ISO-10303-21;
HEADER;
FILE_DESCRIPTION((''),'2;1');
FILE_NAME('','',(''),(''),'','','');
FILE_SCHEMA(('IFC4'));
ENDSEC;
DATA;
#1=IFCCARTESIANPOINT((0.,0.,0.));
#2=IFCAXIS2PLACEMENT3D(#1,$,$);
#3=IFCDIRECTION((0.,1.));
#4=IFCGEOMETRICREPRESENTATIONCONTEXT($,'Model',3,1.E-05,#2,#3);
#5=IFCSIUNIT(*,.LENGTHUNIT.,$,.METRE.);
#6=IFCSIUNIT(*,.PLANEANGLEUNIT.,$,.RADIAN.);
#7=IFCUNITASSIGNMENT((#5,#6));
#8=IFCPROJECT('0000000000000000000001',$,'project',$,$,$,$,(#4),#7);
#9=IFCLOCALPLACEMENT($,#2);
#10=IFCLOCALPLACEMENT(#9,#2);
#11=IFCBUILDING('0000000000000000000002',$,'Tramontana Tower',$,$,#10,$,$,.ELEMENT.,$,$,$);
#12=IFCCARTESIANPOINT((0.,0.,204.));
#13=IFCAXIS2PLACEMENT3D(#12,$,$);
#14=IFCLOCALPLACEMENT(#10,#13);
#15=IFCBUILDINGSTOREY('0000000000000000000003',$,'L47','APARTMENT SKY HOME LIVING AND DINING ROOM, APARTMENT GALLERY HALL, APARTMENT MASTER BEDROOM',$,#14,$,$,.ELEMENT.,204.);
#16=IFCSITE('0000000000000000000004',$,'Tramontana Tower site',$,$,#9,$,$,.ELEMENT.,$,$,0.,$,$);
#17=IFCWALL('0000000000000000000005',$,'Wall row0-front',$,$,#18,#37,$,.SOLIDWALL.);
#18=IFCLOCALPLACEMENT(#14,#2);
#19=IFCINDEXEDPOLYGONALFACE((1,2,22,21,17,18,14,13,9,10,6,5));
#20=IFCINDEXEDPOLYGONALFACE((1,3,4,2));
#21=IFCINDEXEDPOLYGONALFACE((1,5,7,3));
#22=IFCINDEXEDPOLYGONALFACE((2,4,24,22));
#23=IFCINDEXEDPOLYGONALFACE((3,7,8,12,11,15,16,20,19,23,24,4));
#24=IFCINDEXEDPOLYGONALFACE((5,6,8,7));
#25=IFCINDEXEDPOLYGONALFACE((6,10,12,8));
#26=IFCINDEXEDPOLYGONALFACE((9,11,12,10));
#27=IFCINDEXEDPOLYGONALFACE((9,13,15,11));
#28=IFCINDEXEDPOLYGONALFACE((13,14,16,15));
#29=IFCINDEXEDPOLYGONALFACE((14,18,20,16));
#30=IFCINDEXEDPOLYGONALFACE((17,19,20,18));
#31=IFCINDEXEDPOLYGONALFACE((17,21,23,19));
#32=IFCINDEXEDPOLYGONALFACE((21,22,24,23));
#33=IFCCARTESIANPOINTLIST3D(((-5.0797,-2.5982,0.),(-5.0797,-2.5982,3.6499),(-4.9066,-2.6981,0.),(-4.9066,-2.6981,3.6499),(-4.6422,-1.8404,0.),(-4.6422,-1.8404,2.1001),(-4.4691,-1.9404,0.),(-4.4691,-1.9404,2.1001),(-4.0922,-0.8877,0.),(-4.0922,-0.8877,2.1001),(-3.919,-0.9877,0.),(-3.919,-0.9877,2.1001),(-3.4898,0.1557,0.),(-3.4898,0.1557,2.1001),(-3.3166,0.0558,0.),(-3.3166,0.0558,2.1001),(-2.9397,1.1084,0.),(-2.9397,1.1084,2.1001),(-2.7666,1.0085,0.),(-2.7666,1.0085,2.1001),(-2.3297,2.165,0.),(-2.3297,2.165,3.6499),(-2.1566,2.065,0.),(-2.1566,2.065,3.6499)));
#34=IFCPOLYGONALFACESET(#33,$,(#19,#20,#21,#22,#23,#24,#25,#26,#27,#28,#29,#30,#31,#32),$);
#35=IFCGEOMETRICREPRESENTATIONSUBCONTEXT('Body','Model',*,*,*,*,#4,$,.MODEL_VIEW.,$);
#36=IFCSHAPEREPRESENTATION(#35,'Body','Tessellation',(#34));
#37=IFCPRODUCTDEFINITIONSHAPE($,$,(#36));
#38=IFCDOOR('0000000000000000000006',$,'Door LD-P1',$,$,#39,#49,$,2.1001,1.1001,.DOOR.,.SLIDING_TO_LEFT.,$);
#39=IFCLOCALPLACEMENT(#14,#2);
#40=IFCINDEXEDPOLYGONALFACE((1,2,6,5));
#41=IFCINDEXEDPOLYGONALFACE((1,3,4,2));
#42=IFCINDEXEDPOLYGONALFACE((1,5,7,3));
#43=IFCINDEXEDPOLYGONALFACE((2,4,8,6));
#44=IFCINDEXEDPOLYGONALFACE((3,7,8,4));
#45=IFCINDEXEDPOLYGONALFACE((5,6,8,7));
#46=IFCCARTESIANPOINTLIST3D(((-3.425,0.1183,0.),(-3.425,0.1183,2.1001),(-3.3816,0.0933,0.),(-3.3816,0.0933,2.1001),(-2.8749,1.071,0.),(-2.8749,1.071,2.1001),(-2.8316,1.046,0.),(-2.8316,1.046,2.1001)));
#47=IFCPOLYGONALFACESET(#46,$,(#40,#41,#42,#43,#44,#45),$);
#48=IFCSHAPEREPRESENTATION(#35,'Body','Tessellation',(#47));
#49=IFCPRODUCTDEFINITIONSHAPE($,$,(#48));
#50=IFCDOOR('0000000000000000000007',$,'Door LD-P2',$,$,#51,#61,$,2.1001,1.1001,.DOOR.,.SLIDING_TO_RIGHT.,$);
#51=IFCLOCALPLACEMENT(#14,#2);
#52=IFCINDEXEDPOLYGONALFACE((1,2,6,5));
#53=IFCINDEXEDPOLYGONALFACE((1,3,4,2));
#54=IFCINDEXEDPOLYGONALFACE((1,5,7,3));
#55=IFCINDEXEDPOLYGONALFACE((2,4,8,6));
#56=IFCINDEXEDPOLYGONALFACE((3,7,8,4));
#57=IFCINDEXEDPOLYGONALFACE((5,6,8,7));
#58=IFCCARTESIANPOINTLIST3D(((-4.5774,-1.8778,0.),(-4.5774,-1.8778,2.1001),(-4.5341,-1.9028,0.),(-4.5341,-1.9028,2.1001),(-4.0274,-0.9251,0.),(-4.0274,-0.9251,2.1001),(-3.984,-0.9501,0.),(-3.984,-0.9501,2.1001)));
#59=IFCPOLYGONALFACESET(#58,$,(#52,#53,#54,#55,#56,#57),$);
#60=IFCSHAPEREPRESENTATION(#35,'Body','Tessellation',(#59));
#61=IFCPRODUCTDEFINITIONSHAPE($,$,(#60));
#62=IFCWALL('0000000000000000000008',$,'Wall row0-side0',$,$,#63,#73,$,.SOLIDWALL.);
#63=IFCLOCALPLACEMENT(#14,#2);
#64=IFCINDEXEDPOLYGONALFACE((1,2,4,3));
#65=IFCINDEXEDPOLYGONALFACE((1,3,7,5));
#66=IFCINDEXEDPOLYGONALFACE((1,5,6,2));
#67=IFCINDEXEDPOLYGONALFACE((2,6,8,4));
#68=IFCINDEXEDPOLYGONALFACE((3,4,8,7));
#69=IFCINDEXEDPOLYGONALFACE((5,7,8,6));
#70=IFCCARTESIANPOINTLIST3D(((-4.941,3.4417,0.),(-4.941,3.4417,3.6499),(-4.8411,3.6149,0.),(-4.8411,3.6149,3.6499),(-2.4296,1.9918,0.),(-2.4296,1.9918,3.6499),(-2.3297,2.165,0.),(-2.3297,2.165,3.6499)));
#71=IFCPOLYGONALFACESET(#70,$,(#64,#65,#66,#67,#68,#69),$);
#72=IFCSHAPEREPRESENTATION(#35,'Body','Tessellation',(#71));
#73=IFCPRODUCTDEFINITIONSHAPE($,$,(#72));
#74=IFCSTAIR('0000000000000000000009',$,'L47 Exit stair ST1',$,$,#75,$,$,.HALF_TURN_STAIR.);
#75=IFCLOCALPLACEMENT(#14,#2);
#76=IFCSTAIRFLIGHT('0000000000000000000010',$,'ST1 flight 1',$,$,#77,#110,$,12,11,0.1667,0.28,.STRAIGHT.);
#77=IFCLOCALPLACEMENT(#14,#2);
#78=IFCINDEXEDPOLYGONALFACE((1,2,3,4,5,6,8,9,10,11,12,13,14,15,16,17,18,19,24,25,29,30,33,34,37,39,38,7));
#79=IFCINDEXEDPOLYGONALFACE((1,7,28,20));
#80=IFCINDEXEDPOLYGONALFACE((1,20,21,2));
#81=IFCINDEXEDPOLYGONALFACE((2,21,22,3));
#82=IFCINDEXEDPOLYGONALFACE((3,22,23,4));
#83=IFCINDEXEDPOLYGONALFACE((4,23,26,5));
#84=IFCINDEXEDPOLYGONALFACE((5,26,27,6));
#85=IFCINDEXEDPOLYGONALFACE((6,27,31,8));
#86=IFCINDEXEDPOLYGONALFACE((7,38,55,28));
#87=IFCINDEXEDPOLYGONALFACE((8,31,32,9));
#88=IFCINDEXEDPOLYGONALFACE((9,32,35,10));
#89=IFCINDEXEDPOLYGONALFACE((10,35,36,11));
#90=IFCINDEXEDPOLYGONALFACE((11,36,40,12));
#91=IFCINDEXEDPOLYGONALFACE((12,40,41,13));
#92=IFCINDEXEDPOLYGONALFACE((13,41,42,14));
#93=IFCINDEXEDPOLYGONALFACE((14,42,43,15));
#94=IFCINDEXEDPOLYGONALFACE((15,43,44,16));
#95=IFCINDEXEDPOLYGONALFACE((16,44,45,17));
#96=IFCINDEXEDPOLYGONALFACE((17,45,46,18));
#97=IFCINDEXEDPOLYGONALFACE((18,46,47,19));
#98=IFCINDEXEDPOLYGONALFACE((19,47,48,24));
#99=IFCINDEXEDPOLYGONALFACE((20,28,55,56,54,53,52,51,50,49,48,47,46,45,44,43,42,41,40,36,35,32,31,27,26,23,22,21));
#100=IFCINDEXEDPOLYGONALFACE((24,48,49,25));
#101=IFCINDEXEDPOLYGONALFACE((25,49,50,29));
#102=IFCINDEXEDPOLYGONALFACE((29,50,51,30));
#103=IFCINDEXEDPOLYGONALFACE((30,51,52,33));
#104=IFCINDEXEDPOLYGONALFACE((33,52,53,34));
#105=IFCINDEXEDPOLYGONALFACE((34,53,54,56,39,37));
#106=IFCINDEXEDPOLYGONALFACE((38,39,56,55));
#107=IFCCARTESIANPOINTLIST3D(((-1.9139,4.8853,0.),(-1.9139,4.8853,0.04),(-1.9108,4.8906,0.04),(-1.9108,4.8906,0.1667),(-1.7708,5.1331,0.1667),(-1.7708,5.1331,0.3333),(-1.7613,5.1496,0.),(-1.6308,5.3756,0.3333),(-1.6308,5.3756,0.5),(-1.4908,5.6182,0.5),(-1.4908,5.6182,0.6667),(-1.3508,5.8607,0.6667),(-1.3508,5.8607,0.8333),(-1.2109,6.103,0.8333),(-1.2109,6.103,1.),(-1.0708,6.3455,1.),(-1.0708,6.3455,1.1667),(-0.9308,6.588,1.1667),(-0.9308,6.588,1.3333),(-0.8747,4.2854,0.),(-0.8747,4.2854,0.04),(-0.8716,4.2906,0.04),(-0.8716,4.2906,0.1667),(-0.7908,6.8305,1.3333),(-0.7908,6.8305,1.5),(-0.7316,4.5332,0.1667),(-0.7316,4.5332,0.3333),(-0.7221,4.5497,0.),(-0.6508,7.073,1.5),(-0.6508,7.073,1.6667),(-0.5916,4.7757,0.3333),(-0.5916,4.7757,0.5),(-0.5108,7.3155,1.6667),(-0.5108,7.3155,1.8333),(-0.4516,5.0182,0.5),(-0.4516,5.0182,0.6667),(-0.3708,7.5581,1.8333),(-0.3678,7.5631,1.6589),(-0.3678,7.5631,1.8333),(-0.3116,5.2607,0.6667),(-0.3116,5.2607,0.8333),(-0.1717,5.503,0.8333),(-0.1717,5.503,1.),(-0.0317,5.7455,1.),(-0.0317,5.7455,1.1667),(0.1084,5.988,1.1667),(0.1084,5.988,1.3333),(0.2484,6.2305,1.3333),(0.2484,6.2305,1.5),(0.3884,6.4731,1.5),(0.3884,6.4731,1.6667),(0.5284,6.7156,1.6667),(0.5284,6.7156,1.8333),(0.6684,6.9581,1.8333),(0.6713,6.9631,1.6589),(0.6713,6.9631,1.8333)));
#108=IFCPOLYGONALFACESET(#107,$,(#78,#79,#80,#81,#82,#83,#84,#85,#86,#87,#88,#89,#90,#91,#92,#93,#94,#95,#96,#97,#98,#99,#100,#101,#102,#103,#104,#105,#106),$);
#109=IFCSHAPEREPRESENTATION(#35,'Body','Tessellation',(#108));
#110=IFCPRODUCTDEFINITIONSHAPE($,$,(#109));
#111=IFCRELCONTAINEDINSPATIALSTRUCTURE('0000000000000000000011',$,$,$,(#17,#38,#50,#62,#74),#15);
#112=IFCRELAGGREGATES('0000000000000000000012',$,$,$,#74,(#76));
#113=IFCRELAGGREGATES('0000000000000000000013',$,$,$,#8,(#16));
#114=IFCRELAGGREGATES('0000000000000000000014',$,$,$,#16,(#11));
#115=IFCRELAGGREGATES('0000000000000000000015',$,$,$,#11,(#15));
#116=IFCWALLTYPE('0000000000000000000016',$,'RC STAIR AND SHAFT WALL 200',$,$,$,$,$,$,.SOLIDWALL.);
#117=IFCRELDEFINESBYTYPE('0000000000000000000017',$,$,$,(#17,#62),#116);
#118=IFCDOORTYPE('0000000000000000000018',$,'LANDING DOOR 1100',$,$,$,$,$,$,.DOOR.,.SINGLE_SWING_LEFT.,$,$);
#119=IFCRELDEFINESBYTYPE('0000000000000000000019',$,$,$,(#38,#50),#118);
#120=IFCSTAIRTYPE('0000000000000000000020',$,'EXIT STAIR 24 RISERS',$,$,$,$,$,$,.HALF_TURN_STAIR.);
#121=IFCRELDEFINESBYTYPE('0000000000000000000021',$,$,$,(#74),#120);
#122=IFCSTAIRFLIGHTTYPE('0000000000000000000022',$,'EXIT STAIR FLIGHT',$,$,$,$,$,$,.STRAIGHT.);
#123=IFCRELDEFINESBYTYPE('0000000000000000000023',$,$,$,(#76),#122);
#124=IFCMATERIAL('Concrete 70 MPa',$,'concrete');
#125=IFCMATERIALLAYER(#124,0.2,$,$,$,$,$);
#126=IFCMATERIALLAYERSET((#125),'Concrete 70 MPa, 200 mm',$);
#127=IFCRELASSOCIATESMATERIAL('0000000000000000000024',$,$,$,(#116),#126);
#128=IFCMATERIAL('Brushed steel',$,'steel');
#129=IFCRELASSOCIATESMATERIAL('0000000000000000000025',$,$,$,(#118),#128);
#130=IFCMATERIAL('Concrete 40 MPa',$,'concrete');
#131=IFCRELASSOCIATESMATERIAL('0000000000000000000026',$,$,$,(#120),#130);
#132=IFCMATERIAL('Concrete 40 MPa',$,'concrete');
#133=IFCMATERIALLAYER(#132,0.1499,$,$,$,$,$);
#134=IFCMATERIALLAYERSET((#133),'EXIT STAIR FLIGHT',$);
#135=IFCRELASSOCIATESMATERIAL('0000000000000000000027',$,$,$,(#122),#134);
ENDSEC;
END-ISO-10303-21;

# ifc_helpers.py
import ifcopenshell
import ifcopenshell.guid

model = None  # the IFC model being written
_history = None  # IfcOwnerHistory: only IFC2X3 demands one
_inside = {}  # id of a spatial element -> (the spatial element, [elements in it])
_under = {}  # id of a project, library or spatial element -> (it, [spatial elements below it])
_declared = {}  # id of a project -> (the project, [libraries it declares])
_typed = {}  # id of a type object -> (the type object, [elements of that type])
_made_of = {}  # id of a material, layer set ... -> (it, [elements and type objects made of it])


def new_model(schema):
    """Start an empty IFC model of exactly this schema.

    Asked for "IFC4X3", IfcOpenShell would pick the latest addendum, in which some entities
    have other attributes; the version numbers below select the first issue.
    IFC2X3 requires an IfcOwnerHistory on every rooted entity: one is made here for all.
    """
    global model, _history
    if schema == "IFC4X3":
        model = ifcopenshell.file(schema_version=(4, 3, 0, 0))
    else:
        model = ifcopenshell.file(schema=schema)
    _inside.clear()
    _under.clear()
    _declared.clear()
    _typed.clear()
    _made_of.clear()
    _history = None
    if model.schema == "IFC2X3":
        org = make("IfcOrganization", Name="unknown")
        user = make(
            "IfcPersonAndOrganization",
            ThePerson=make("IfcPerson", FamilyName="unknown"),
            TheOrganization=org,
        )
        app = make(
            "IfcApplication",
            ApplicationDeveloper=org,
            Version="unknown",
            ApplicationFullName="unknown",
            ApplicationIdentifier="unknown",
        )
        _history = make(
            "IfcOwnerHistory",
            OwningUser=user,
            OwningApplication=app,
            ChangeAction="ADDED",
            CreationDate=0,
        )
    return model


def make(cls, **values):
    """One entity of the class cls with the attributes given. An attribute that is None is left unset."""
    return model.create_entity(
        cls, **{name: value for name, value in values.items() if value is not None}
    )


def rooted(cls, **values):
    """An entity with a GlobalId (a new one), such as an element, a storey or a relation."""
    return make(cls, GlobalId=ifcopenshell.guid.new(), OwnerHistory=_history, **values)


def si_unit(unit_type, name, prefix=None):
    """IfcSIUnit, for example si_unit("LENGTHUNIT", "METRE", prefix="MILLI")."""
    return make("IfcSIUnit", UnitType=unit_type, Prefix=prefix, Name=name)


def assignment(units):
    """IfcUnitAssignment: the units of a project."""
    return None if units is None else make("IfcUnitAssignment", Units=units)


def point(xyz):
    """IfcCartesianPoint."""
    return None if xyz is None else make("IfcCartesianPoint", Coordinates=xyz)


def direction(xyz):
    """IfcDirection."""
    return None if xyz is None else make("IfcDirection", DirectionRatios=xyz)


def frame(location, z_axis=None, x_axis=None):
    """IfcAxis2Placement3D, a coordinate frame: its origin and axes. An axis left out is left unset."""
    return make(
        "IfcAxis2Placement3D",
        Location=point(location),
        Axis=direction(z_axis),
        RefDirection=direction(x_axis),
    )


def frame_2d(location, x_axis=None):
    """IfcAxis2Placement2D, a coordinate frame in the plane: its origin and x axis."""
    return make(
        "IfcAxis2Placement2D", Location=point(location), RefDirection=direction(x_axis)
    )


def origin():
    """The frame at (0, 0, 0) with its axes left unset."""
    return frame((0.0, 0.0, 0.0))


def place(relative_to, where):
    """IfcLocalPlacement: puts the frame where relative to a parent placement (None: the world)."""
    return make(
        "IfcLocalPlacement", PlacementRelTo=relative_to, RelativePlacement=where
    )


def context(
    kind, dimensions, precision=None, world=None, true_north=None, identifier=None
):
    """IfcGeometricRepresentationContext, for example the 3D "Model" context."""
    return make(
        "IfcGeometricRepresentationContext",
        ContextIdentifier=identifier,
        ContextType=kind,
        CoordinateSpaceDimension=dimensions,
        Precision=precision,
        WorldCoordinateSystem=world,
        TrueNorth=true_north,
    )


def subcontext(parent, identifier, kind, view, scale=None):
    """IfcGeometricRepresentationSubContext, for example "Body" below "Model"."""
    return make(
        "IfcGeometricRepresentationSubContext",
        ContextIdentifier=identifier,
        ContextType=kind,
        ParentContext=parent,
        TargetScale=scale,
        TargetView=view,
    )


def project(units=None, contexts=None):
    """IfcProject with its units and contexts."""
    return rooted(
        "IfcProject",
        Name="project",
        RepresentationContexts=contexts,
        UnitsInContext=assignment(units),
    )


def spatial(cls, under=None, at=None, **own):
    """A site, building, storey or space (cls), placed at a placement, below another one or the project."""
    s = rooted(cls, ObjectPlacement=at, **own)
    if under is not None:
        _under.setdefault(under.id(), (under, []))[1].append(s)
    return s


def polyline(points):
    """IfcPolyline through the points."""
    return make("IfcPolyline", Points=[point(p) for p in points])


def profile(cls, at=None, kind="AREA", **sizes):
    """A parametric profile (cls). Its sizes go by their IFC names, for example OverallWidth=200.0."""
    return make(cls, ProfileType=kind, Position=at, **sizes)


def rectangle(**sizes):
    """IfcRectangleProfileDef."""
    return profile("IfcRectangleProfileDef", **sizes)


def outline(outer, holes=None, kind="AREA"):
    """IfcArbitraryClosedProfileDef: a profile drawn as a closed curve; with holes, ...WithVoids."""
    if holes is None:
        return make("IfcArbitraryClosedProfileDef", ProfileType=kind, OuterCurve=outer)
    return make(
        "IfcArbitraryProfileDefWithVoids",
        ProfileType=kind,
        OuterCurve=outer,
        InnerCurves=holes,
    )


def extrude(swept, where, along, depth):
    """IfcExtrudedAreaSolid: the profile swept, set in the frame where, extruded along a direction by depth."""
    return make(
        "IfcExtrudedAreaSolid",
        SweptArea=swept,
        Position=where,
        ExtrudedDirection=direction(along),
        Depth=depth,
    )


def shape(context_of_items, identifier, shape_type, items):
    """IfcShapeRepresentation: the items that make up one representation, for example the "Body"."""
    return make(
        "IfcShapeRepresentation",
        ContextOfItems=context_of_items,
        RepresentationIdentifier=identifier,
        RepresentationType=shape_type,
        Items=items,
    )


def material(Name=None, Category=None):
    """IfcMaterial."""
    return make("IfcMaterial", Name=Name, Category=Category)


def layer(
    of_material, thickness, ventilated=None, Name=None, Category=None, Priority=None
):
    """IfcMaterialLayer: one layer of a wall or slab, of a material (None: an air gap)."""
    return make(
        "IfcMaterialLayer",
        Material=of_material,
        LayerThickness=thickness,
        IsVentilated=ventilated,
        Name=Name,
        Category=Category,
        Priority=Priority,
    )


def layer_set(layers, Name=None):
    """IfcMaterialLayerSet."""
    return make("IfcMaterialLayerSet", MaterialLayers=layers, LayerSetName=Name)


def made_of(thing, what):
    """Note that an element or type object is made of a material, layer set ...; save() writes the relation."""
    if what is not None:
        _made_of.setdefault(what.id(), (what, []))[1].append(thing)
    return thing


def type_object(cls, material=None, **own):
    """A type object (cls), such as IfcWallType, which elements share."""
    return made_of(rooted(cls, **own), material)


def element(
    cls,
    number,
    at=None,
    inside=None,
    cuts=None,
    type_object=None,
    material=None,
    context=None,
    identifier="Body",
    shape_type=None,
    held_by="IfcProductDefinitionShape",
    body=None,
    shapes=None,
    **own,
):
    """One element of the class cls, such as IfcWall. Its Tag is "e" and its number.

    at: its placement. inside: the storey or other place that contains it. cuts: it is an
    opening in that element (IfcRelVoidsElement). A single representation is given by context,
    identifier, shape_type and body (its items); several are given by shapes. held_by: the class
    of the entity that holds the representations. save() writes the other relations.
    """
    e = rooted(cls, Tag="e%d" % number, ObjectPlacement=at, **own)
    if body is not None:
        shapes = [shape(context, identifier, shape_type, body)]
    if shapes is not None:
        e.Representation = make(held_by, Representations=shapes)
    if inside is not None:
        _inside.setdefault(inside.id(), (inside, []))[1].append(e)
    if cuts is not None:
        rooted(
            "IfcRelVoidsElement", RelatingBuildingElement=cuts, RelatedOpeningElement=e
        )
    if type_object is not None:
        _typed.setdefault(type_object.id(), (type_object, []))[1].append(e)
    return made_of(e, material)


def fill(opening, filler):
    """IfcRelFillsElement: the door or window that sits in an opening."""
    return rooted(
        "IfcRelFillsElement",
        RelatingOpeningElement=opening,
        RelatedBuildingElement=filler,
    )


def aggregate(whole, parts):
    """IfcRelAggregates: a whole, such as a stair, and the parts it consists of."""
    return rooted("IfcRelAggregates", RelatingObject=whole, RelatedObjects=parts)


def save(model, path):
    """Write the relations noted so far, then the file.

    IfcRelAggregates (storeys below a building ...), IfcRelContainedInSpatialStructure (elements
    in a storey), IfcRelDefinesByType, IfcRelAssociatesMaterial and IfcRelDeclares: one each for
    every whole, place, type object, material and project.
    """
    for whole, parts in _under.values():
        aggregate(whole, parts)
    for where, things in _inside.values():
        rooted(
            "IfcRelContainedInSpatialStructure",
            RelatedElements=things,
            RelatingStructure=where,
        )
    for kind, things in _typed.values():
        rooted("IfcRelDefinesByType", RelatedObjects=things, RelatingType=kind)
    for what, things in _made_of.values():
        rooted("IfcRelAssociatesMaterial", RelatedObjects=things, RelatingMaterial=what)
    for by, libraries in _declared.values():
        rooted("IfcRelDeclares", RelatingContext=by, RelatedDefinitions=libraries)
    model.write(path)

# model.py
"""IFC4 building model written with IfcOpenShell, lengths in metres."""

from ifc_helpers import new_model, si_unit, direction, frame, frame_2d, origin, place, context, subcontext, project, spatial, polyline, rectangle, outline, extrude, material, layer, layer_set, type_object, element, fill, aggregate, save


model = new_model("IFC4")

# Units and contexts
model_context = context("Model", 3, precision=1e-05, world=origin(), true_north=direction((0.0, 1.0)))
body_context = subcontext(model_context, "Body", "Model", "MODEL_VIEW")
ifc_project = project(units=[si_unit("LENGTHUNIT", "METRE"), si_unit("PLANEANGLEUNIT", "RADIAN")], contexts=[model_context])

# Site, building, storey
site_placement = place(None, origin())
site = spatial("IfcSite", under=ifc_project, at=site_placement, Name="Tramontana Tower site", CompositionType="ELEMENT", RefElevation=0.0)
building_placement = place(site_placement, origin())
building = spatial("IfcBuilding", under=site, at=building_placement, Name="Tramontana Tower", CompositionType="ELEMENT")
storey_placement = place(building_placement, frame((0.0, 0.0, 204.0)))
storey = spatial("IfcBuildingStorey", under=building, at=storey_placement, Name="L47", Description="APARTMENT SKY HOME LIVING AND DINING ROOM, APARTMENT GALLERY HALL, APARTMENT MASTER BEDROOM", CompositionType="ELEMENT", Elevation=204.0)

# Shared definitions
ifc_material_1 = material(Name="Concrete 70 MPa", Category="concrete")
ifc_layer_1 = layer(ifc_material_1, 0.2)
ifc_layer_set_1 = layer_set([ifc_layer_1], Name="Concrete 70 MPa, 200 mm")
wall_type_1 = type_object("IfcWallType", Name="RC STAIR AND SHAFT WALL 200", PredefinedType="SOLIDWALL", material=ifc_layer_set_1)

# Wall, openings, doors
wall_1_placement = place(storey_placement, frame((-2.2432, 2.115, 0.0), z_axis=(0.0, 0.0, 1.0), x_axis=(-0.499997, -0.866027, 0.0)))
wall_1 = element("IfcWall", 1, at=wall_1_placement, inside=storey, type_object=wall_type_1, Name="Wall row0-front", PredefinedType="SOLIDWALL", context=body_context, shape_type="SweptSolid", body=[
    extrude(rectangle(XDim=5.5, YDim=0.2, at=frame_2d((2.75, 0.0))), origin(), (0.0, 0.0, 1.0), 3.6499),
])
opening_1_placement = place(wall_1_placement, frame((1.22, 0.0, 0.0)))
opening_1 = element("IfcOpeningElement", 2, at=opening_1_placement, cuts=wall_1, PredefinedType="OPENING", context=body_context, shape_type="SweptSolid", body=[
    extrude(rectangle(XDim=1.1001, YDim=2.1001, at=frame_2d((0.55, 1.05))), frame((0.0, 0.1099, 0.0), z_axis=(0.0, -1.0, 0.0), x_axis=(1.0, 0.0, 0.0)), (0.0, 0.0, 1.0), 0.22),
])
opening_2_placement = place(wall_1_placement, frame((3.5249, 0.0, 0.0)))
opening_2 = element("IfcOpeningElement", 3, at=opening_2_placement, cuts=wall_1, PredefinedType="OPENING", context=body_context, shape_type="SweptSolid", body=[
    extrude(rectangle(XDim=1.1001, YDim=2.1001, at=frame_2d((0.55, 1.05))), frame((0.0, 0.1099, 0.0), z_axis=(0.0, -1.0, 0.0), x_axis=(1.0, 0.0, 0.0)), (0.0, 0.0, 1.0), 0.22),
])
ifc_material_2 = material(Name="Brushed steel", Category="steel")
door_type_1 = type_object("IfcDoorType", Name="LANDING DOOR 1100", OperationType="SINGLE_SWING_LEFT", PredefinedType="DOOR", material=ifc_material_2)
door_1_placement = place(opening_1_placement, origin())
door_1 = element("IfcDoor", 4, at=door_1_placement, inside=storey, type_object=door_type_1, Name="Door LD-P1", OperationType="SLIDING_TO_LEFT", OverallHeight=2.1001, OverallWidth=1.1001, PredefinedType="DOOR", context=body_context, shape_type="SweptSolid", body=[
    extrude(rectangle(XDim=1.1001, YDim=2.1001, at=frame_2d((0.55, 1.05))), frame((0.0, 0.0249, 0.0), z_axis=(0.0, -1.0, 0.0), x_axis=(1.0, 0.0, 0.0)), (0.0, 0.0, 1.0), 0.05),
])
fill(opening_1, door_1)
door_2_placement = place(opening_2_placement, origin())
door_2 = element("IfcDoor", 5, at=door_2_placement, inside=storey, type_object=door_type_1, Name="Door LD-P2", OperationType="SLIDING_TO_RIGHT", OverallHeight=2.1001, OverallWidth=1.1001, PredefinedType="DOOR", context=body_context, shape_type="SweptSolid", body=[
    extrude(rectangle(XDim=1.1001, YDim=2.1001, at=frame_2d((0.55, 1.05))), frame((0.0, 0.0249, 0.0), z_axis=(0.0, -1.0, 0.0), x_axis=(1.0, 0.0, 0.0)), (0.0, 0.0, 1.0), 0.05),
])
fill(opening_2, door_2)

# Wall
wall_2_placement = place(storey_placement, frame((-2.3796, 2.0784, 0.0), z_axis=(0.0, 0.0, 1.0), x_axis=(-0.866033, 0.499987, 0.0)))
element("IfcWall", 6, at=wall_2_placement, inside=storey, type_object=wall_type_1, Name="Wall row0-side0", PredefinedType="SOLIDWALL", context=body_context, shape_type="SweptSolid", body=[
    extrude(rectangle(XDim=2.8999, YDim=0.2, at=frame_2d((1.45, 0.0))), origin(), (0.0, 0.0, 1.0), 3.6499),
])

# Stair, stair flight
ifc_material_3 = material(Name="Concrete 40 MPa", Category="concrete")
stair_type = type_object("IfcStairType", Name="EXIT STAIR 24 RISERS", PredefinedType="HALF_TURN_STAIR", material=ifc_material_3)
stair_placement = place(storey_placement, origin())
stair = element("IfcStair", 7, at=stair_placement, inside=storey, type_object=stair_type, Name="L47 Exit stair ST1", PredefinedType="HALF_TURN_STAIR")
ifc_material_4 = material(Name="Concrete 40 MPa", Category="concrete")
ifc_layer_2 = layer(ifc_material_4, 0.1499)
ifc_layer_set_2 = layer_set([ifc_layer_2], Name="EXIT STAIR FLIGHT")
stair_flight_type = type_object("IfcStairFlightType", Name="EXIT STAIR FLIGHT", PredefinedType="STRAIGHT", material=ifc_layer_set_2)
stair_flight_placement = place(storey_placement, frame((-1.3911, 4.5906, 0.0), z_axis=(0.0, 0.0, 1.0), x_axis=(0.5, 0.866025, 0.0)))
stair_flight = element("IfcStairFlight", 8, at=stair_flight_placement, type_object=stair_flight_type, Name="ST1 flight 1", NumberOfRisers=12, NumberOfTreads=11, PredefinedType="STRAIGHT", RiserHeight=0.1667, TreadLength=0.28, context=body_context, shape_type="SweptSolid", body=[
    extrude(outline(polyline([(-0.0061, 0.0), (-0.0061, 0.04), (0.0, 0.04), (0.0, 0.1667), (0.28, 0.1667), (0.28, 0.3333), (0.5601, 0.3333), (0.5601, 0.5), (0.8401, 0.5), (0.8401, 0.6667), (1.1201, 0.6667), (1.1201, 0.8333), (1.3999, 0.8333), (1.3999, 1.0), (1.6799, 1.0), (1.6799, 1.1667), (1.96, 1.1667), (1.96, 1.3333), (2.24, 1.3333), (2.24, 1.5), (2.52, 1.5), (2.52, 1.6667), (2.8, 1.6667), (2.8, 1.8333), (3.0801, 1.8333), (3.0859, 1.8333), (3.0859, 1.6589), (0.2991, 0.0), (-0.0061, 0.0)])), frame((0.0, 0.6001, 0.0), z_axis=(0.0, -1.0, 0.0), x_axis=(1.0, 0.0, 0.0)), (0.0, 0.0, 1.0), 1.2),
])
aggregate(stair, [stair_flight])

save(model, "model.ifc")
